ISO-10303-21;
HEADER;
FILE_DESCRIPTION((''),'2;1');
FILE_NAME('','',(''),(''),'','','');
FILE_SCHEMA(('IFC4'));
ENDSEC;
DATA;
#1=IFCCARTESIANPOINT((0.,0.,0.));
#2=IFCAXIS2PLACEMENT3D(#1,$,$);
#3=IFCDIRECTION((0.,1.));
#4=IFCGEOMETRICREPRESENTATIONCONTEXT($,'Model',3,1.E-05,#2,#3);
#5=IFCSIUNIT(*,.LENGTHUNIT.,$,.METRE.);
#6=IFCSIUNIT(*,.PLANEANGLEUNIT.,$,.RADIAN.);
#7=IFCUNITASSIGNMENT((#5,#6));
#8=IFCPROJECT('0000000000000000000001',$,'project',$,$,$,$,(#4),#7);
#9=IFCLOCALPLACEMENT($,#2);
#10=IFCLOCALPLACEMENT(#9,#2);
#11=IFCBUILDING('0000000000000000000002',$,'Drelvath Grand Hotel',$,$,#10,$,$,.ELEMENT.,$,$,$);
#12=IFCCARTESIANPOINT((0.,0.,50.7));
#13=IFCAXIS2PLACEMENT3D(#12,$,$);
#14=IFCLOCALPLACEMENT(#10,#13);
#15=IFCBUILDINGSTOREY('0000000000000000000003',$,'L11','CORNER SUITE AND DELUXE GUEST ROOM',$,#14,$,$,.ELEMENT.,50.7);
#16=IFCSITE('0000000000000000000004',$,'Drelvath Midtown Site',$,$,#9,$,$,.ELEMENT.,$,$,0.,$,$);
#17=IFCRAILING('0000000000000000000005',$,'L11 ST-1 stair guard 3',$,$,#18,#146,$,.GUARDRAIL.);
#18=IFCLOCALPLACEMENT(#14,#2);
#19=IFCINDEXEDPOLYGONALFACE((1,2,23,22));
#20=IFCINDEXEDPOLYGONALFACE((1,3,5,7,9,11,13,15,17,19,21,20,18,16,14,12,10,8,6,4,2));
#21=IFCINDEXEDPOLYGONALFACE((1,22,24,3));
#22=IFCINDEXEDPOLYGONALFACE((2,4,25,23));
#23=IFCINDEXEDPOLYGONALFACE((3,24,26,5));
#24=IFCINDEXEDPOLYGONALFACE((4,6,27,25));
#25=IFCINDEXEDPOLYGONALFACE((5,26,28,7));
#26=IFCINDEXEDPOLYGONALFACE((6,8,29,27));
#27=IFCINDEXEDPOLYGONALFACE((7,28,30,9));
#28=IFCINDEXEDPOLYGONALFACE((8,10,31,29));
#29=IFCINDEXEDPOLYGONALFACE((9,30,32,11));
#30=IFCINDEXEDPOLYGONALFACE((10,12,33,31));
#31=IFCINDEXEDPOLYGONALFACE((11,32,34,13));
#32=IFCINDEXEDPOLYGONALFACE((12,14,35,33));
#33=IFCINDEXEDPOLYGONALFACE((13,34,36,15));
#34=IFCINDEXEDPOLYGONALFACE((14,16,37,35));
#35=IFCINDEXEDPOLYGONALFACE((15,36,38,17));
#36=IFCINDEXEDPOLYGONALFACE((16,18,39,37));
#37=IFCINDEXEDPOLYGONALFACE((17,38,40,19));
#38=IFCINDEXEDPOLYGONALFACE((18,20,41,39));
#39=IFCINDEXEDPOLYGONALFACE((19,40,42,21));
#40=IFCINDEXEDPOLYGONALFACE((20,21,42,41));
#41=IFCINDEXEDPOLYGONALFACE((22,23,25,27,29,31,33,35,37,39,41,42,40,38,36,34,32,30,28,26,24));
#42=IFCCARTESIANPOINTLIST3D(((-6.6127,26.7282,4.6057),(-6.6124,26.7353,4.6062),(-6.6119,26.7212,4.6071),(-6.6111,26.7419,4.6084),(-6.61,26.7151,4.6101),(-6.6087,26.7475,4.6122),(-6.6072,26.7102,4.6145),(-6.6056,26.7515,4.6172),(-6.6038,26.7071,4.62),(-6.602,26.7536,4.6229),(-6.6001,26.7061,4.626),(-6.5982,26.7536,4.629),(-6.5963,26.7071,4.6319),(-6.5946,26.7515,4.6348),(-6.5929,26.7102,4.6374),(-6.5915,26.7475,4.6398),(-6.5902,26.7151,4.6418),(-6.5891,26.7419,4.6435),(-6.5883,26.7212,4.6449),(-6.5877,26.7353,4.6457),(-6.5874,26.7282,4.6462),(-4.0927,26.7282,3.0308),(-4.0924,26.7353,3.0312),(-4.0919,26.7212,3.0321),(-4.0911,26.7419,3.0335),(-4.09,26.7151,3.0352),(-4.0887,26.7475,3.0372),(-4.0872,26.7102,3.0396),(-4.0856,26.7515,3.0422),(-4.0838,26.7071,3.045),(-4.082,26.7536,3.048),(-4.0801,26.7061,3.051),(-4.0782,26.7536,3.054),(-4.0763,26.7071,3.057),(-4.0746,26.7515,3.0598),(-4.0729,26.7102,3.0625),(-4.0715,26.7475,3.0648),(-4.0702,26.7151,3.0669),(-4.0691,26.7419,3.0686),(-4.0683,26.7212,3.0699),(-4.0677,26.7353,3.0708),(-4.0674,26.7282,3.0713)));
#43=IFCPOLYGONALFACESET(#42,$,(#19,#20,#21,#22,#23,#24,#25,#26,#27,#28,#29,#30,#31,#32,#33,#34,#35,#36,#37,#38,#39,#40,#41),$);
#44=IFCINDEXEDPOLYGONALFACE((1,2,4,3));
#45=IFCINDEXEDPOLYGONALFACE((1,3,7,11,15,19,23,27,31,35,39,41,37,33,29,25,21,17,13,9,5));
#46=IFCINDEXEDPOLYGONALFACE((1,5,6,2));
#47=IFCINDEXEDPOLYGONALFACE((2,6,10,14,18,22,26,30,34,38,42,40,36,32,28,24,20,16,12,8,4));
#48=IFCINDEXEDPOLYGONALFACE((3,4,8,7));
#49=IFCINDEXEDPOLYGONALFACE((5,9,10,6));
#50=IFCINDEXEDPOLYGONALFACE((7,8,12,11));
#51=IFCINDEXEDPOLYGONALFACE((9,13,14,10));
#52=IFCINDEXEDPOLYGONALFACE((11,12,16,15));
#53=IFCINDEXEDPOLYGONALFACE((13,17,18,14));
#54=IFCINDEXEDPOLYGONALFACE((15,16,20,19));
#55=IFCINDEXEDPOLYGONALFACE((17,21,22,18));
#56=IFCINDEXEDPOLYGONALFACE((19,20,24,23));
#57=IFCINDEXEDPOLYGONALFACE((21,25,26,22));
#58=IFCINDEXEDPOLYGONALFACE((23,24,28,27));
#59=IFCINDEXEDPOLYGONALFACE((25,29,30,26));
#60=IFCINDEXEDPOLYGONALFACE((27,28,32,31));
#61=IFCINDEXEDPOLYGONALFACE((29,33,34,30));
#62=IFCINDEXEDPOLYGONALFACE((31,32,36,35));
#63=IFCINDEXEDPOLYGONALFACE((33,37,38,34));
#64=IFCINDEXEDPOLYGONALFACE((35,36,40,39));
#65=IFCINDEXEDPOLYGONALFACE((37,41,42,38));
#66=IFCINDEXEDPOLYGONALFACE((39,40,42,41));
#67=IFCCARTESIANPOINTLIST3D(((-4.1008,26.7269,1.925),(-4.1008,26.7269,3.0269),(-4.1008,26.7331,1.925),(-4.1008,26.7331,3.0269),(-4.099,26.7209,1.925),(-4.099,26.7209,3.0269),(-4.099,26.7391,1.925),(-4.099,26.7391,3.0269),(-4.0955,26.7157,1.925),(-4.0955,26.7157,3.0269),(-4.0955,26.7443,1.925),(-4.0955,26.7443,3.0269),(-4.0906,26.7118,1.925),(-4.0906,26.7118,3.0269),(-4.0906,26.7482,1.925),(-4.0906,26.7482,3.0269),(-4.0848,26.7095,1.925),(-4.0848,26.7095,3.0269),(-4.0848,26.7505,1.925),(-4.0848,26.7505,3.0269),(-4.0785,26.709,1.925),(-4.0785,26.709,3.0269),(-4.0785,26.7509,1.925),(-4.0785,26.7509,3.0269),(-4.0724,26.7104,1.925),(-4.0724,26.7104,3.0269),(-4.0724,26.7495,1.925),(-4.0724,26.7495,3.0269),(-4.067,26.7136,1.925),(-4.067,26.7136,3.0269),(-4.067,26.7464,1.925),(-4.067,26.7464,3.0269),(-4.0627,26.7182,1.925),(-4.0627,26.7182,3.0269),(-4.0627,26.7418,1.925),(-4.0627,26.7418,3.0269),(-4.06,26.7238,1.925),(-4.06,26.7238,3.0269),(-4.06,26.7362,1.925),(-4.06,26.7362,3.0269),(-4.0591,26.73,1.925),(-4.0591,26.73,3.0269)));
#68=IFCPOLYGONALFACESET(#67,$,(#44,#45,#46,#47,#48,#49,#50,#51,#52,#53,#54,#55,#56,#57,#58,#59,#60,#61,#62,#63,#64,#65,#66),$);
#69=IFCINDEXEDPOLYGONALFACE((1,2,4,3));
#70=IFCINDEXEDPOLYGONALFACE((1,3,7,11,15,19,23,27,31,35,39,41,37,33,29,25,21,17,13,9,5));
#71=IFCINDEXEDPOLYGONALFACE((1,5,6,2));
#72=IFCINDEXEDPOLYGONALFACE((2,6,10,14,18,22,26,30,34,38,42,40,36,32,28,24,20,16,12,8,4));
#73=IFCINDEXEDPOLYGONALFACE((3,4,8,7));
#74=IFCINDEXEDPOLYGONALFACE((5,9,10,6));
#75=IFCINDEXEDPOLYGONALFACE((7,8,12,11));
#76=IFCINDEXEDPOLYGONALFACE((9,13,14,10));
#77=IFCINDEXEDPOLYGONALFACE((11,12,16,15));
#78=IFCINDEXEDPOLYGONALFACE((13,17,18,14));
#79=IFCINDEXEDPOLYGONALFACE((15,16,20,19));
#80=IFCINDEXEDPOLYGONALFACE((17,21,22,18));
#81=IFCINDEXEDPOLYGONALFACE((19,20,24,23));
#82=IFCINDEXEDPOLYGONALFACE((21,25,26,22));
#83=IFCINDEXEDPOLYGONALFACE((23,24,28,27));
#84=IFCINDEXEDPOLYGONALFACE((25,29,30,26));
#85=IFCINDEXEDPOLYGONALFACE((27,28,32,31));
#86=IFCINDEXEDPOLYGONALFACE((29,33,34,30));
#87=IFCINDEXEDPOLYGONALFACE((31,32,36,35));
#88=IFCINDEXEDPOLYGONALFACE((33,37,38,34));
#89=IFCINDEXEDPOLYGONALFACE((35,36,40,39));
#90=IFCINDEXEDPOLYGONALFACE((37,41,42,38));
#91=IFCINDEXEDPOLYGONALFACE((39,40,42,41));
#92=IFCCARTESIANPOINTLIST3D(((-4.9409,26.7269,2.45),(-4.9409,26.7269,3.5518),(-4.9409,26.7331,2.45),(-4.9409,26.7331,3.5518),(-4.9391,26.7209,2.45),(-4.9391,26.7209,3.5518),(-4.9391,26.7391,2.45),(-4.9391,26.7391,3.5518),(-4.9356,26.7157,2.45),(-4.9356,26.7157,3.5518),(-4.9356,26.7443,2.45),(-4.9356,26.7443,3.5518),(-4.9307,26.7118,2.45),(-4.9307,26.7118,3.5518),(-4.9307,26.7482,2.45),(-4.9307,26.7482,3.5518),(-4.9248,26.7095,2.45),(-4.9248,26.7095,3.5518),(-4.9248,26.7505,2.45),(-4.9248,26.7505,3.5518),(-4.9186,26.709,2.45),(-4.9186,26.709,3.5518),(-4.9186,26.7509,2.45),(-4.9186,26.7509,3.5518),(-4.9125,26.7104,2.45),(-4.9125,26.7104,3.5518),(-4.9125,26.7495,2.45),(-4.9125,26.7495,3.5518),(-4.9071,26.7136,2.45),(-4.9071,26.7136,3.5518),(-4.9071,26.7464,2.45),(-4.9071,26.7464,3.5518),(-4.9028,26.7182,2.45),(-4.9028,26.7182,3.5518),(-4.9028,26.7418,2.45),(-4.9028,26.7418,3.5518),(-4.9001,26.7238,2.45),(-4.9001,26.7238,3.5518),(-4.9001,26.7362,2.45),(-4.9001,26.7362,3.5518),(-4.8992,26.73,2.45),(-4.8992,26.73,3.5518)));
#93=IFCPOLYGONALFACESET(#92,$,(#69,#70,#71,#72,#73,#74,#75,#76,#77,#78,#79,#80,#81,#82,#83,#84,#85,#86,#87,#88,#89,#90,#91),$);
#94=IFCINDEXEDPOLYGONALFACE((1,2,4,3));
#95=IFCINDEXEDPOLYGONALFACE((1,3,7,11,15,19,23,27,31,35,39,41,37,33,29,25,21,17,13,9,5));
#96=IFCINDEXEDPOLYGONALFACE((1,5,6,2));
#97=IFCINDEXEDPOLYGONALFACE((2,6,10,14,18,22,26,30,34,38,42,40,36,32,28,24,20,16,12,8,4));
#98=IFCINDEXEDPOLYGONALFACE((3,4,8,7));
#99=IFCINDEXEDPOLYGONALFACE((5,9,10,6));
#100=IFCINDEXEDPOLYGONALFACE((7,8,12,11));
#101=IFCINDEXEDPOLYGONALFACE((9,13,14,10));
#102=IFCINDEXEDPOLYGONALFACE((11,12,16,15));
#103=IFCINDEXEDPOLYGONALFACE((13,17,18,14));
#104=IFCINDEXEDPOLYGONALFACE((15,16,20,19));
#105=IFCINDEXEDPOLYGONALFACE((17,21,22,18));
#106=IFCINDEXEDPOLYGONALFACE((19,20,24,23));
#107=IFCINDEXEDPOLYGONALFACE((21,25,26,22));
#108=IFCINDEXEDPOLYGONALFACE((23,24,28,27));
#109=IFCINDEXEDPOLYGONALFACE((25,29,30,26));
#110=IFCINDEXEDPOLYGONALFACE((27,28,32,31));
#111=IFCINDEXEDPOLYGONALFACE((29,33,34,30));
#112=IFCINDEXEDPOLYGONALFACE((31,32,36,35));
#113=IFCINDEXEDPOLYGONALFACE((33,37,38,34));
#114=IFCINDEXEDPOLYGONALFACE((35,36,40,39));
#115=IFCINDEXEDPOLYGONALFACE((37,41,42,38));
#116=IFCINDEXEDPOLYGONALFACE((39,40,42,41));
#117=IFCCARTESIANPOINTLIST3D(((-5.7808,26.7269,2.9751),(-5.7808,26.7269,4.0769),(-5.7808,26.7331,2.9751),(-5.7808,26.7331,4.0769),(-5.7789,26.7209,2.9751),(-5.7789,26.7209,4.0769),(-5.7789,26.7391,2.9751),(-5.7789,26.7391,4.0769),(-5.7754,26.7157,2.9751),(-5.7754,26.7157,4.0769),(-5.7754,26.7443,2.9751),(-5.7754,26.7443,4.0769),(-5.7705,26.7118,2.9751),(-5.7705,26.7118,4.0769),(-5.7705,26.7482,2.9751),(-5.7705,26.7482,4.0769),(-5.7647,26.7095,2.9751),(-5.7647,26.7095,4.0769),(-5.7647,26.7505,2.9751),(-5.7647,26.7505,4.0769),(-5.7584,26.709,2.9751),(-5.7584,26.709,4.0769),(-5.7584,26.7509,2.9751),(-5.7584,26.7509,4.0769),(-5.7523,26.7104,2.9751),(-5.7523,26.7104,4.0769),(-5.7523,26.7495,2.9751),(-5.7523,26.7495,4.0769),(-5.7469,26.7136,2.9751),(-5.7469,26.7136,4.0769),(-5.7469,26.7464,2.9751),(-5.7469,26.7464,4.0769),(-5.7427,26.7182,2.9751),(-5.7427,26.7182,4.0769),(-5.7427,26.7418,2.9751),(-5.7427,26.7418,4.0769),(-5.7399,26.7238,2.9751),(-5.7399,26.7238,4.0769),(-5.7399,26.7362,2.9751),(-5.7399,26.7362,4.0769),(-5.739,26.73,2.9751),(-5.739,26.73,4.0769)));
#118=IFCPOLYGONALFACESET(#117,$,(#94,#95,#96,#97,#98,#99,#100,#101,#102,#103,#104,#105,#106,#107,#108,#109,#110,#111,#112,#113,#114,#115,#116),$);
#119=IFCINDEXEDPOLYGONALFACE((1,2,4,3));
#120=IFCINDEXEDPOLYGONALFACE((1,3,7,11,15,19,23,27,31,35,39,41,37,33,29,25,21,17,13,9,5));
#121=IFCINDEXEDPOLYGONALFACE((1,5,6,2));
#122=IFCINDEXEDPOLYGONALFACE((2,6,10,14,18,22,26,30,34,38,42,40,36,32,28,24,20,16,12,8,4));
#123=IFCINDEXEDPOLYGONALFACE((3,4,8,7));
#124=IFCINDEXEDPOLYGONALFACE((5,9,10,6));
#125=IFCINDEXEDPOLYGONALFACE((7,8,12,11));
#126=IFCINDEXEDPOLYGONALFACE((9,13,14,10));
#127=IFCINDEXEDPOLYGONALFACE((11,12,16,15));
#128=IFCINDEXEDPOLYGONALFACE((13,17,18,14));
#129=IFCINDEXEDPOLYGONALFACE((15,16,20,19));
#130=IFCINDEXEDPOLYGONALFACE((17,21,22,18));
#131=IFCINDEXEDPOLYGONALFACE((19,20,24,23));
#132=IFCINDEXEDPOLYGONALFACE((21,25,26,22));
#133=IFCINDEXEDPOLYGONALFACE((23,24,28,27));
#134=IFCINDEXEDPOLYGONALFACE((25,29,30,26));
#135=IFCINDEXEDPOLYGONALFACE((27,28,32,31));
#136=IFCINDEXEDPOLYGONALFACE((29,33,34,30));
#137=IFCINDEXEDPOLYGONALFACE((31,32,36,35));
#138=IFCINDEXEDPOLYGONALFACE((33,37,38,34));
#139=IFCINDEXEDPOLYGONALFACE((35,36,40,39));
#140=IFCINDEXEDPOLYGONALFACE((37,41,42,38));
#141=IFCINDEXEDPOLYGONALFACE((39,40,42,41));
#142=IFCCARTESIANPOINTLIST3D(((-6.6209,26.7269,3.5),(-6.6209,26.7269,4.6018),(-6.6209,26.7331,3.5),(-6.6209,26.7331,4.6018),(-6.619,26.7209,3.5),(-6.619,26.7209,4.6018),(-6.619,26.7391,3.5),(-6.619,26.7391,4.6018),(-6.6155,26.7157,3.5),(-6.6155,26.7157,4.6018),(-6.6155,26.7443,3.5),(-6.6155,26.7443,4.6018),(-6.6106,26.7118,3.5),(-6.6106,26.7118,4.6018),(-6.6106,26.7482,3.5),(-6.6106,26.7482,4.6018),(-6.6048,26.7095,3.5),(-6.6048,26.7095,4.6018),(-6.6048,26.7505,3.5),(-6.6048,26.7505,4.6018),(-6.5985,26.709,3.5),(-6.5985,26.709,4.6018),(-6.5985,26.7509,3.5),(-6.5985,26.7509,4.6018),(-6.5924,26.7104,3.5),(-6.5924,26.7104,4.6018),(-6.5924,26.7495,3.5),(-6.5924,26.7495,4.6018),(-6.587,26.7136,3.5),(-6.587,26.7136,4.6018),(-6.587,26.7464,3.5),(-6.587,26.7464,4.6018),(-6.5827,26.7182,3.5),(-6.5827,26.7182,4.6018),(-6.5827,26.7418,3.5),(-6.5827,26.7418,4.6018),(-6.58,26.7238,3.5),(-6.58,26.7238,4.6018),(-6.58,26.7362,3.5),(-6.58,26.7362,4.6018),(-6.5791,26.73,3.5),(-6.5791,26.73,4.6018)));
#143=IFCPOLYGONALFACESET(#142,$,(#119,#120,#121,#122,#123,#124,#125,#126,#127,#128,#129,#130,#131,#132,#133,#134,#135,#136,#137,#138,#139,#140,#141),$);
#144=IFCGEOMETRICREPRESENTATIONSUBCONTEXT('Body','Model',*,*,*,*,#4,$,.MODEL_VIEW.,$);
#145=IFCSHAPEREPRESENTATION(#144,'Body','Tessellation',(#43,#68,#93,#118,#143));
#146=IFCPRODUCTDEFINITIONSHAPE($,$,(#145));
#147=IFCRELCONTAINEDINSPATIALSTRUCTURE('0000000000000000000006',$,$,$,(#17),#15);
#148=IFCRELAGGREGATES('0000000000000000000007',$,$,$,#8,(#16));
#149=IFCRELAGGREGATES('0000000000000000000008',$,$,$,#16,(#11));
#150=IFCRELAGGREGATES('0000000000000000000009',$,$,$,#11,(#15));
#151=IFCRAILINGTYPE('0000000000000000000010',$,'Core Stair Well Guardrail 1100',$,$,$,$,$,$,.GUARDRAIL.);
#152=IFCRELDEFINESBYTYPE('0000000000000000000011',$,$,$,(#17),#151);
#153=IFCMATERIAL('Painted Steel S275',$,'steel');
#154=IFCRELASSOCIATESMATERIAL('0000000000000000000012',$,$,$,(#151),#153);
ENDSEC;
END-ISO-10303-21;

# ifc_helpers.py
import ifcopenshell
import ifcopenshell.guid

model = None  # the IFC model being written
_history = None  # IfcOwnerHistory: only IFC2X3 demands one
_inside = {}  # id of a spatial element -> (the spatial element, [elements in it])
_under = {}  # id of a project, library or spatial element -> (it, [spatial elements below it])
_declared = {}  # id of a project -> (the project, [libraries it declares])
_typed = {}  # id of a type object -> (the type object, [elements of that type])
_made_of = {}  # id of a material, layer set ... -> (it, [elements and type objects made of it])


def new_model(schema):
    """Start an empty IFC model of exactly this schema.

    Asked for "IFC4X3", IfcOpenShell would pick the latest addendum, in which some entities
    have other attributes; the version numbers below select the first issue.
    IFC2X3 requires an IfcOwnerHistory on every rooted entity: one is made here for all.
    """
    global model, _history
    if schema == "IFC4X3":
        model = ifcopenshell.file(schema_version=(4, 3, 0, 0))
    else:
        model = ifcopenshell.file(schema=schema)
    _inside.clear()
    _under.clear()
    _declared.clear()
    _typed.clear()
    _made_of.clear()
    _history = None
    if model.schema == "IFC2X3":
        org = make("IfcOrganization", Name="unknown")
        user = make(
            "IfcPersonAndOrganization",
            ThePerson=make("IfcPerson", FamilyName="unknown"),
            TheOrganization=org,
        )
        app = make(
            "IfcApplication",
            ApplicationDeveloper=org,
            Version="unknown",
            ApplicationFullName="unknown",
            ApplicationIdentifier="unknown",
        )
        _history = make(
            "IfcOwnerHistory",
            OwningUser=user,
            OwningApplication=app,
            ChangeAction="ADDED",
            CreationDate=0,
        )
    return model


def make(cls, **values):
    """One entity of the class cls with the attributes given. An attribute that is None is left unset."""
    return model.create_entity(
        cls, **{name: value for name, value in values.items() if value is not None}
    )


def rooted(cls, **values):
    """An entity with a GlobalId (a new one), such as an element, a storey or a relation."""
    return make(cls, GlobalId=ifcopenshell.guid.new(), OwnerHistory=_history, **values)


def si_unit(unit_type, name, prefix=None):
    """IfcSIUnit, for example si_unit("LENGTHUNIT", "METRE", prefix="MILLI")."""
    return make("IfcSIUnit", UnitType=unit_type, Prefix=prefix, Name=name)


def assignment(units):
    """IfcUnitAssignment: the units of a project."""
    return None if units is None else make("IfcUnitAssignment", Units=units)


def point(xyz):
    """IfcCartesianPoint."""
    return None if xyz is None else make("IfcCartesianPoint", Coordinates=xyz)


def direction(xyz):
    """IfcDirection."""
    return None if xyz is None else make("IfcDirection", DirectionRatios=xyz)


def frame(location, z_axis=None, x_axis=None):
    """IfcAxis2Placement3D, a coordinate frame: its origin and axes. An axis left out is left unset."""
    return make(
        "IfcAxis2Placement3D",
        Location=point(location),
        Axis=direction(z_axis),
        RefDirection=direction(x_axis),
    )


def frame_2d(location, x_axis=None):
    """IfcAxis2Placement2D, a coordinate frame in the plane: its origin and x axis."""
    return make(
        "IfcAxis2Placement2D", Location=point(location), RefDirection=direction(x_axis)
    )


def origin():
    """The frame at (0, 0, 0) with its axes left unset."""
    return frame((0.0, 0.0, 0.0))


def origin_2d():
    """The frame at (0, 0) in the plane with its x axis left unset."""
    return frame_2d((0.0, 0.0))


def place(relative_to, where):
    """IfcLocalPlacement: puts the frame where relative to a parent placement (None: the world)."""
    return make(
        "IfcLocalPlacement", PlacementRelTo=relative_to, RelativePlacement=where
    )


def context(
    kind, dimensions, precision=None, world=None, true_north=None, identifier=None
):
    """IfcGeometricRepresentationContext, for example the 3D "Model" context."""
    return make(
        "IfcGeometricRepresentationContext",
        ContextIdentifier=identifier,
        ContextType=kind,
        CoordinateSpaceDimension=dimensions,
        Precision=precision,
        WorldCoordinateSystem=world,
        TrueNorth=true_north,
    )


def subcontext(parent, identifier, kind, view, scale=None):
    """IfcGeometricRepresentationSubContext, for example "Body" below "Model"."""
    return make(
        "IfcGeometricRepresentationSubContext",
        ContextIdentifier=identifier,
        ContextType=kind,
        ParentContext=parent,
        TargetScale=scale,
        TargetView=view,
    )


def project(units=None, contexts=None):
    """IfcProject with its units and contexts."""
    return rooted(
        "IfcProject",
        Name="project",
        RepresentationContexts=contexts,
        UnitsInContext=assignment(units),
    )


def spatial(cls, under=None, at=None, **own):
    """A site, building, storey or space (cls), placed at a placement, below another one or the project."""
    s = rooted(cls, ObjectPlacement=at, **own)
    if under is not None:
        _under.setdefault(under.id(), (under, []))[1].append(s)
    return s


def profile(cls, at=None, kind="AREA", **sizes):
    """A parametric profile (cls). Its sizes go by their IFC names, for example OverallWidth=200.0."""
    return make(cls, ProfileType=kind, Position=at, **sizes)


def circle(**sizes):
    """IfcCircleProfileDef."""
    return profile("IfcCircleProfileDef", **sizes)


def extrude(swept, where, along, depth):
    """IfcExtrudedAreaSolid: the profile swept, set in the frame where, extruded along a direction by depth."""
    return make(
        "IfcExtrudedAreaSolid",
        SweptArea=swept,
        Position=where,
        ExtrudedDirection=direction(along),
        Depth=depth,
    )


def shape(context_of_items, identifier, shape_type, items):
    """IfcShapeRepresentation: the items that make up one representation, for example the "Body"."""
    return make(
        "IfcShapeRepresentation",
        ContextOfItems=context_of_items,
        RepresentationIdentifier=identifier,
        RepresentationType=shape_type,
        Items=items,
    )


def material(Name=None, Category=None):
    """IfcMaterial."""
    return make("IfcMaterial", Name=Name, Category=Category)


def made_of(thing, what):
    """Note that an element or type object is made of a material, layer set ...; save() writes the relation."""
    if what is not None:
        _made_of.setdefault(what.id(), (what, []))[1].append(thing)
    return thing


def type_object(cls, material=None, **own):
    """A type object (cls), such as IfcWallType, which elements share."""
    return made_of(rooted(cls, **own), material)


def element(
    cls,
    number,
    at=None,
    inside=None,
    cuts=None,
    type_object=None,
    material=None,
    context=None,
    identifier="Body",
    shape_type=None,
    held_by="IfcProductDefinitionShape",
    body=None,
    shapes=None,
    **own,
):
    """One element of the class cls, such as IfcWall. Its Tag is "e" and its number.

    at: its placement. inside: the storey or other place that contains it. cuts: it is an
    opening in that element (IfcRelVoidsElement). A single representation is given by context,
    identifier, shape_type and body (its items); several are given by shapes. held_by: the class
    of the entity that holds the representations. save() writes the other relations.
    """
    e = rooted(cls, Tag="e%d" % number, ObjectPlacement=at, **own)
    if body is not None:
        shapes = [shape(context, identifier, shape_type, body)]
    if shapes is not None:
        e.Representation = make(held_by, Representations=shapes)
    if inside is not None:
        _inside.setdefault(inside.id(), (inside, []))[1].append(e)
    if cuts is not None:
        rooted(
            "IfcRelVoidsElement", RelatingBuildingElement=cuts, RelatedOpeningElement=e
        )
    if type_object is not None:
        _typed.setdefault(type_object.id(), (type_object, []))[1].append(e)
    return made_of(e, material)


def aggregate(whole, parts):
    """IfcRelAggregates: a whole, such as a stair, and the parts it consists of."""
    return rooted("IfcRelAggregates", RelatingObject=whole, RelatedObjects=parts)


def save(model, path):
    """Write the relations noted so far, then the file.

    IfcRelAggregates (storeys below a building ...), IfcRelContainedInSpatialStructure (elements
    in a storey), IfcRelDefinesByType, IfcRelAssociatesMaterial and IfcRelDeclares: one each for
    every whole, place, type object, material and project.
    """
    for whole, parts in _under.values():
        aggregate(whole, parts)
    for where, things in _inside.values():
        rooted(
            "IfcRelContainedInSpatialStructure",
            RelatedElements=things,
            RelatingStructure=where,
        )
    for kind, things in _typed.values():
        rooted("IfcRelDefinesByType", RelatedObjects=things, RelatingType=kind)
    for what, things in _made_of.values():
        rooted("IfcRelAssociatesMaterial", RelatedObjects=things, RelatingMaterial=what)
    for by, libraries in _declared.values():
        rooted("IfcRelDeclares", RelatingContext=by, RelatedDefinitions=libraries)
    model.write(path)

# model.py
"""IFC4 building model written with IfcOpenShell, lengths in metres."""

from ifc_helpers import new_model, si_unit, direction, frame, origin, origin_2d, place, context, subcontext, project, spatial, circle, extrude, material, type_object, element, save


model = new_model("IFC4")

# Units and contexts
model_context = context("Model", 3, precision=1e-05, world=origin(), true_north=direction((0.0, 1.0)))
body_context = subcontext(model_context, "Body", "Model", "MODEL_VIEW")
ifc_project = project(units=[si_unit("LENGTHUNIT", "METRE"), si_unit("PLANEANGLEUNIT", "RADIAN")], contexts=[model_context])

# Site, building, storey
site_placement = place(None, origin())
site = spatial("IfcSite", under=ifc_project, at=site_placement, Name="Drelvath Midtown Site", CompositionType="ELEMENT", RefElevation=0.0)
building_placement = place(site_placement, origin())
building = spatial("IfcBuilding", under=site, at=building_placement, Name="Drelvath Grand Hotel", CompositionType="ELEMENT")
storey_placement = place(building_placement, frame((0.0, 0.0, 50.7)))
storey = spatial("IfcBuildingStorey", under=building, at=storey_placement, Name="L11", Description="CORNER SUITE AND DELUXE GUEST ROOM", CompositionType="ELEMENT", Elevation=50.7)

# Shared definitions
ifc_material_1 = material(Name="Painted Steel S275", Category="steel")

# Railing
railing_type_1 = type_object("IfcRailingType", Name="Core Stair Well Guardrail 1100", PredefinedType="GUARDRAIL", material=ifc_material_1)
railing_1_placement = place(storey_placement, frame((-4.0801, 26.73, 1.925)))
element("IfcRailing", 1, at=railing_1_placement, inside=storey, type_object=railing_type_1, Name="L11 ST-1 stair guard 3", PredefinedType="GUARDRAIL", context=body_context, shape_type="SweptSolid", body=[
    extrude(circle(Radius=0.0239, at=origin_2d()), frame((0.0, 0.0, 1.126), z_axis=(-0.848008, 0.0, 0.529984), x_axis=(0.0, -1.0, 0.0)), (0.0, 0.0, 1.0), 2.9717),
    extrude(circle(Radius=0.021, at=origin_2d()), origin(), (0.0, 0.0, 1.0), 1.1018),
    extrude(circle(Radius=0.021, at=origin_2d()), frame((-0.8401, 0.0, 0.5249)), (0.0, 0.0, 1.0), 1.1018),
    extrude(circle(Radius=0.021, at=origin_2d()), frame((-1.6799, 0.0, 1.05)), (0.0, 0.0, 1.0), 1.1018),
    extrude(circle(Radius=0.021, at=origin_2d()), frame((-2.52, 0.0, 1.575)), (0.0, 0.0, 1.0), 1.1018),
])

save(model, "model.ifc")
